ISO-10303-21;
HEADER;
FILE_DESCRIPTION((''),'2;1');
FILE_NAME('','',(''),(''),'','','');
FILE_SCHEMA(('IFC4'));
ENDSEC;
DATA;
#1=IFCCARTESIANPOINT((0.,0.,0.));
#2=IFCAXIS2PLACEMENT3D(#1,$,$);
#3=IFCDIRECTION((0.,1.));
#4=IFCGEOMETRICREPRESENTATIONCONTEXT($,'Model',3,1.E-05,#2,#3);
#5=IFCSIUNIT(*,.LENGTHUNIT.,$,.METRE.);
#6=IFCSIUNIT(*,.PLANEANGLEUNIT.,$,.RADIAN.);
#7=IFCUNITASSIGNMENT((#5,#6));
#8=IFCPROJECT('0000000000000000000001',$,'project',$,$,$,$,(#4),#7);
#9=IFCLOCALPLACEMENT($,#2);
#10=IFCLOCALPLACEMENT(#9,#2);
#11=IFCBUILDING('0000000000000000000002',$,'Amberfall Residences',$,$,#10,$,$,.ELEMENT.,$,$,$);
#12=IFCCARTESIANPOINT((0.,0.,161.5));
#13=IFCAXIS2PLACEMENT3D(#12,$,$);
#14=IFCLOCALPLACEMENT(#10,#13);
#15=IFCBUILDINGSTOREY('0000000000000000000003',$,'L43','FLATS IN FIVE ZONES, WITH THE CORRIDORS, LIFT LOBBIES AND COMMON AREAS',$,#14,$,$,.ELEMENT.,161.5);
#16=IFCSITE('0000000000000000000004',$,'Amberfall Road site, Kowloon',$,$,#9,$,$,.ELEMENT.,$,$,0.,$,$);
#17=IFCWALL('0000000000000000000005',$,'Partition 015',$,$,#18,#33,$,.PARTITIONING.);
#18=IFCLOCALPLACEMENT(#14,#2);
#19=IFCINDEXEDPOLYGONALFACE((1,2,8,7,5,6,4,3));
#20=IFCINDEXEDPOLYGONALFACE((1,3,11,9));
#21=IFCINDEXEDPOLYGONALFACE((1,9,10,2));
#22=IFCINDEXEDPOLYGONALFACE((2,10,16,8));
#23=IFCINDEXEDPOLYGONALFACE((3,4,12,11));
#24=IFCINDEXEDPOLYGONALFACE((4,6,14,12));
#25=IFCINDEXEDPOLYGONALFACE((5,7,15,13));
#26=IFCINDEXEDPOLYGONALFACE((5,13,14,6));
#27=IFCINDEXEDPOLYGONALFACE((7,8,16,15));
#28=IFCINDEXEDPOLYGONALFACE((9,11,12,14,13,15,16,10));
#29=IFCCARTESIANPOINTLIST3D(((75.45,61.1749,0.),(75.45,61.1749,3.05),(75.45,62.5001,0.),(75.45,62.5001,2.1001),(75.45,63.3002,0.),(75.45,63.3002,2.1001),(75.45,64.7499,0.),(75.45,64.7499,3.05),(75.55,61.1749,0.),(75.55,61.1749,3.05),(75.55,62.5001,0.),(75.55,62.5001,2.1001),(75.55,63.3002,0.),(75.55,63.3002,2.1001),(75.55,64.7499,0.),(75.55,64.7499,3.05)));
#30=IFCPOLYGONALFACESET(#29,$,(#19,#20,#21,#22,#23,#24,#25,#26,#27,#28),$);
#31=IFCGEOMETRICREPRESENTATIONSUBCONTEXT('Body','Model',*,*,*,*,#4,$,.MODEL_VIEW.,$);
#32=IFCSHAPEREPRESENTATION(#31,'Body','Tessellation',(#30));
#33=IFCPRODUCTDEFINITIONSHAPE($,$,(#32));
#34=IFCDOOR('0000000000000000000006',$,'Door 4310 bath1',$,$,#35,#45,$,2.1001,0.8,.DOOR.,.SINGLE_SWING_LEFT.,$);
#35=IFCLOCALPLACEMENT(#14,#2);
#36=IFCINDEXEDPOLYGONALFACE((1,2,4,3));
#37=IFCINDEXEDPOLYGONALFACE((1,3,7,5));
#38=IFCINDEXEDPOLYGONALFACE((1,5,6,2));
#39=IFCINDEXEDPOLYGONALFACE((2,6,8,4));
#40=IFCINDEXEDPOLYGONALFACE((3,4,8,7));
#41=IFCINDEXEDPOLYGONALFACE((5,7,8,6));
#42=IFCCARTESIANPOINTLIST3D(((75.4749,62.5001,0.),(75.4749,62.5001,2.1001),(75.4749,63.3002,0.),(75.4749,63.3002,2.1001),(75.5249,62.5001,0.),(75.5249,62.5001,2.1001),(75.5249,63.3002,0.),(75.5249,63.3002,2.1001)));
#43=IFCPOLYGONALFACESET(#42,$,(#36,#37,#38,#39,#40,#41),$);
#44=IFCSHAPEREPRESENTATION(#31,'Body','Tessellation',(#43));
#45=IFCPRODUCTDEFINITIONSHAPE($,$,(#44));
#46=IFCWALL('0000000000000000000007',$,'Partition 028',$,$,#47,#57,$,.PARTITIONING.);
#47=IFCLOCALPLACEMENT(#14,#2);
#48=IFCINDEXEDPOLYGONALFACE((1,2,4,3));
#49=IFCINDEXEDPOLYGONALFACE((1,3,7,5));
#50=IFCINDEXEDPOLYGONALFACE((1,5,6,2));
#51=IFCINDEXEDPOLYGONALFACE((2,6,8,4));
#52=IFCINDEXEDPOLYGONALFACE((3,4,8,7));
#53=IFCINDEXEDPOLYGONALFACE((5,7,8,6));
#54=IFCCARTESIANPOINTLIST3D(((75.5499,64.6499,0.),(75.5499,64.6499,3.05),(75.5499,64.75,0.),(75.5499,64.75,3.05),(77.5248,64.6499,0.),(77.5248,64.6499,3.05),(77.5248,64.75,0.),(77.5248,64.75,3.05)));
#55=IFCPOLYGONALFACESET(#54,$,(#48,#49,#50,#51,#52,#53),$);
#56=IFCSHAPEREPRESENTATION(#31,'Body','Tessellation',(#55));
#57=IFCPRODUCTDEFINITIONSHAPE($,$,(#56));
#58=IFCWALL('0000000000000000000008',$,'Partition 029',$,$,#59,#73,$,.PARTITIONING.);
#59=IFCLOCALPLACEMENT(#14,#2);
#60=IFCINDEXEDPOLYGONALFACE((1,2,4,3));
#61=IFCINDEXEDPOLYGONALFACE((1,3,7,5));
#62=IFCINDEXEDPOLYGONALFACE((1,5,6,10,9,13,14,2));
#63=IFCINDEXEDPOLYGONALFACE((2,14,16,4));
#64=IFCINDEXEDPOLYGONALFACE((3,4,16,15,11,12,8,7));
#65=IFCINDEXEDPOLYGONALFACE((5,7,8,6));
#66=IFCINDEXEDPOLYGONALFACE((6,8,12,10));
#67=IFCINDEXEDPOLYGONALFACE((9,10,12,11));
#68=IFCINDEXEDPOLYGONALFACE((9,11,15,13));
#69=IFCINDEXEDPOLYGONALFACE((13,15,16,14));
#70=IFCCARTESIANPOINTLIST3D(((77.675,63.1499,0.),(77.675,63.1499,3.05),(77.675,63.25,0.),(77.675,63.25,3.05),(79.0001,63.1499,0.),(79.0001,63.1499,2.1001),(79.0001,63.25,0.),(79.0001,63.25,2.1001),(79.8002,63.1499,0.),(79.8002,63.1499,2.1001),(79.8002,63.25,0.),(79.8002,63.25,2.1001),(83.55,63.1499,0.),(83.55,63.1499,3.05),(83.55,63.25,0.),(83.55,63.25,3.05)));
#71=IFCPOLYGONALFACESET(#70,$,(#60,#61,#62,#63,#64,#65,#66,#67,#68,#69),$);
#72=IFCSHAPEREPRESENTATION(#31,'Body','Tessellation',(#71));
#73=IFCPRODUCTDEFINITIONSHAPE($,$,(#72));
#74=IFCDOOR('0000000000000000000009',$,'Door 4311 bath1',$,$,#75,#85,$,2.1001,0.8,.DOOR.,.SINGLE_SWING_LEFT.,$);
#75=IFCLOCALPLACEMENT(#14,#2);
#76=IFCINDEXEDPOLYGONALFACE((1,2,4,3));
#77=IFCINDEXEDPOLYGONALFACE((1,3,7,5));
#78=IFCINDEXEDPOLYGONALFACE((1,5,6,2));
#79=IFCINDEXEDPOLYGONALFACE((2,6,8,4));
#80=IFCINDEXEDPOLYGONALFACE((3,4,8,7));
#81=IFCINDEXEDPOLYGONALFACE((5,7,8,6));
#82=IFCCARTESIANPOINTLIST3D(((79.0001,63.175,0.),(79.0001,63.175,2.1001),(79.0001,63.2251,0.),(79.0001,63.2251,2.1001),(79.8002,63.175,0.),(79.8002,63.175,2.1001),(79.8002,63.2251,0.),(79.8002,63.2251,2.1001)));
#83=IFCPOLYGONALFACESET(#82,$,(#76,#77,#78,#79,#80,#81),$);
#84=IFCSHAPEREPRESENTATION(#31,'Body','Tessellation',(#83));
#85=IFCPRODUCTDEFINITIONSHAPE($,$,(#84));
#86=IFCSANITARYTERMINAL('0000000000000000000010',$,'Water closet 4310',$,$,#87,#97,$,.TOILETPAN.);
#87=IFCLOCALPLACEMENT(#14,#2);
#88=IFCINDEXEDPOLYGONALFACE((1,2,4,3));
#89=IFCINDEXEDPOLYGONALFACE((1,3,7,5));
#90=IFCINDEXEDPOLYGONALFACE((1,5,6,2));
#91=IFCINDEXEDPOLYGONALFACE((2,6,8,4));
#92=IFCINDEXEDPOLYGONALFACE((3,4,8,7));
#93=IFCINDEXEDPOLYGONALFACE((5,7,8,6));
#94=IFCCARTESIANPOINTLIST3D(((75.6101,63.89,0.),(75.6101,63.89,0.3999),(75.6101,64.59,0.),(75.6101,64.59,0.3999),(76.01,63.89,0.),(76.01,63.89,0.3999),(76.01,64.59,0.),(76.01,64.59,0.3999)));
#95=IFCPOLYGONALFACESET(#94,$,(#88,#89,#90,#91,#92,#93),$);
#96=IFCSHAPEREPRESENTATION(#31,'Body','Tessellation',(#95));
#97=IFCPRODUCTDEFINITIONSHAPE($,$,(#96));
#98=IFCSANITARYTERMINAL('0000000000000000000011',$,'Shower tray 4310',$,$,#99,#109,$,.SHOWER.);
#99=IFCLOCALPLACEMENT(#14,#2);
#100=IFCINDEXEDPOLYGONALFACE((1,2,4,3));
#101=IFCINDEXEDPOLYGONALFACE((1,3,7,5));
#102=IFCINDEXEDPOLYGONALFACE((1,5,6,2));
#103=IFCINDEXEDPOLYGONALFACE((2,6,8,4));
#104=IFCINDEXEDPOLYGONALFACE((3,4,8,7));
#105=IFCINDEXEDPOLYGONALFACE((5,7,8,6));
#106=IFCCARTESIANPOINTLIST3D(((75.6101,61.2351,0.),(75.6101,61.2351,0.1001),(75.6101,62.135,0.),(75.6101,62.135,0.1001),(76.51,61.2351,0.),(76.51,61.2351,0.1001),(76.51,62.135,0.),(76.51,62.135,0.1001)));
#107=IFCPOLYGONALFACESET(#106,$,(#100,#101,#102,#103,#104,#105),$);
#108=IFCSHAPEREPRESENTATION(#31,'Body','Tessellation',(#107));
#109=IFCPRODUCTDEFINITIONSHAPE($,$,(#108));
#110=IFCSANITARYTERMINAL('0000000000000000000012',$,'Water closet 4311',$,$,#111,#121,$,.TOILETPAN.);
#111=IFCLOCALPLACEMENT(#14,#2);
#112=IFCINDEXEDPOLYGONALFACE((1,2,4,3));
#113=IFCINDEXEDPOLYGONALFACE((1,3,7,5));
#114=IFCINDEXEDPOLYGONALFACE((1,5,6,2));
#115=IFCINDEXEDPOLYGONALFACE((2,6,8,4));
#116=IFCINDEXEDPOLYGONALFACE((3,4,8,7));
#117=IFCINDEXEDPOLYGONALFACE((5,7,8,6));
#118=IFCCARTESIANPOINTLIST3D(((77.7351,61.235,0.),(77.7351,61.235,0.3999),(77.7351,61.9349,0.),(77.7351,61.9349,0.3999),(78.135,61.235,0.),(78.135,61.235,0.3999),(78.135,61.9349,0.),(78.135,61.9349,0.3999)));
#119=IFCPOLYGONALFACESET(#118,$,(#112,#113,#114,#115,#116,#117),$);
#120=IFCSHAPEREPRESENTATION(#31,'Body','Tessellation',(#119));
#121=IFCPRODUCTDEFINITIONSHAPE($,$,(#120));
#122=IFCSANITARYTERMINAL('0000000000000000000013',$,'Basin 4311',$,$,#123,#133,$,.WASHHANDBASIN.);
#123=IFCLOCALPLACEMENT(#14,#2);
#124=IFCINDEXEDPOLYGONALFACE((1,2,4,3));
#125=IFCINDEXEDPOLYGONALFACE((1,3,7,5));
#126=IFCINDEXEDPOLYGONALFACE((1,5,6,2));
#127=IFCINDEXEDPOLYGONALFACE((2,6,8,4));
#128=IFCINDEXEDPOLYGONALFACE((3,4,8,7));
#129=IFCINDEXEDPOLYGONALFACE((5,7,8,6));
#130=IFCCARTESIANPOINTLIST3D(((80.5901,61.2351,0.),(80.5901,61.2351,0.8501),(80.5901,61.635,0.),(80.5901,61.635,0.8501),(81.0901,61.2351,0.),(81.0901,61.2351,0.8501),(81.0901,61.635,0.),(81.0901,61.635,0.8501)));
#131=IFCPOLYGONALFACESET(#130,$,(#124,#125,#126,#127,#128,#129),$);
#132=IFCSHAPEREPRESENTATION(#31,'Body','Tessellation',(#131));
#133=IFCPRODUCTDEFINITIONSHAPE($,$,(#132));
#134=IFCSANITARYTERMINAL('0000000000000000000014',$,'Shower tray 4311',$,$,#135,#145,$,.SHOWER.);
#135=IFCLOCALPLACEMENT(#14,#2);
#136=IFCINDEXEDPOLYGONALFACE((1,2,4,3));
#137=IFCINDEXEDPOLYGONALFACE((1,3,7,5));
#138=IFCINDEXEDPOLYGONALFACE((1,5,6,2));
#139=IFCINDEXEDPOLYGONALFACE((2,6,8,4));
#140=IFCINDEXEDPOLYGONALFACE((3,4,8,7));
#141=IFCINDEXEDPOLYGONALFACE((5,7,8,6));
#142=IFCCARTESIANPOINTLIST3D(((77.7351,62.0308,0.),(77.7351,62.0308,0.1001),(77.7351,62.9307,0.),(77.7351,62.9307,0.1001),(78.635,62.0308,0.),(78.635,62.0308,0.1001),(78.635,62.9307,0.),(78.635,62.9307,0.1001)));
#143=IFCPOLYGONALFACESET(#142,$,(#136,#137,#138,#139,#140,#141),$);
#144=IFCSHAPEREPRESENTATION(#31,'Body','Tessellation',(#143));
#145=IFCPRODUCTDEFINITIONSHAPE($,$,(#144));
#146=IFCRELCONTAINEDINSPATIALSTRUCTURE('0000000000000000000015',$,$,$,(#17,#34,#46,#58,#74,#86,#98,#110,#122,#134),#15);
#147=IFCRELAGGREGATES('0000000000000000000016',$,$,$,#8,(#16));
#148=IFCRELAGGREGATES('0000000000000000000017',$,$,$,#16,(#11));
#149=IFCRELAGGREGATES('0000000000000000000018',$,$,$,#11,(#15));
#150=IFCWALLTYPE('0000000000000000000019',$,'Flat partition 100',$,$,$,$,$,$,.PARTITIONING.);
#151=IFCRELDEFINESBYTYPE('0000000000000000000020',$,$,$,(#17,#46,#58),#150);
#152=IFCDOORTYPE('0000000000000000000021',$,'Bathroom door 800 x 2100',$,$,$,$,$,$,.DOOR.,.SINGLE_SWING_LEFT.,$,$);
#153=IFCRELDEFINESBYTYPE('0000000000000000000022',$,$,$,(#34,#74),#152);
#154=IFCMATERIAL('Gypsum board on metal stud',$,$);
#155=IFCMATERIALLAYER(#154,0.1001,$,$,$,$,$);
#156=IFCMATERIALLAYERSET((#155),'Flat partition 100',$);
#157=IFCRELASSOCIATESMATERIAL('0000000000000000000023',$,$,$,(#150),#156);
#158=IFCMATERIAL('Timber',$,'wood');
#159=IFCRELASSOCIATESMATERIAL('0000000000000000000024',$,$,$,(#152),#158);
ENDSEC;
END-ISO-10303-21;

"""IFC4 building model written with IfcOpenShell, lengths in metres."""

from ifc_helpers import new_model, si_unit, direction, frame, frame_2d, origin, origin_2d, place, context, subcontext, project, spatial, rectangle, extrude, material, layer, layer_set, type_object, element, fill, save


model = new_model("IFC4")

# Units and contexts
model_context = context("Model", 3, precision=1e-05, world=origin(), true_north=direction((0.0, 1.0)))
body_context = subcontext(model_context, "Body", "Model", "MODEL_VIEW")
ifc_project = project(units=[si_unit("LENGTHUNIT", "METRE"), si_unit("PLANEANGLEUNIT", "RADIAN")], contexts=[model_context])

# Site, building, storey
site_placement = place(None, origin())
site = spatial("IfcSite", under=ifc_project, at=site_placement, Name="Amberfall Road site, Kowloon", CompositionType="ELEMENT", RefElevation=0.0)
building_placement = place(site_placement, origin())
building = spatial("IfcBuilding", under=site, at=building_placement, Name="Amberfall Residences", CompositionType="ELEMENT")
storey_placement = place(building_placement, frame((0.0, 0.0, 161.5)))
storey = spatial("IfcBuildingStorey", under=building, at=storey_placement, Name="L43", Description="FLATS IN FIVE ZONES, WITH THE CORRIDORS, LIFT LOBBIES AND COMMON AREAS", CompositionType="ELEMENT", Elevation=161.5)

# Wall, opening, door
ifc_material_1 = material(Name="Gypsum board on metal stud")
ifc_layer_1 = layer(ifc_material_1, 0.1001)
ifc_layer_set_1 = layer_set([ifc_layer_1], Name="Flat partition 100")
wall_type = type_object("IfcWallType", Name="Flat partition 100", PredefinedType="PARTITIONING", material=ifc_layer_set_1)
wall_1_placement = place(storey_placement, frame((75.5, 64.75, 0.0), z_axis=(0.0, 0.0, 1.0), x_axis=(0.0, -1.0, 0.0)))
wall_1 = element("IfcWall", 1, at=wall_1_placement, inside=storey, type_object=wall_type, Name="Partition 015", PredefinedType="PARTITIONING", context=body_context, shape_type="SweptSolid", body=[
    extrude(rectangle(XDim=3.575, YDim=0.1001, at=frame_2d((1.7876, 0.0))), origin(), (0.0, 0.0, 1.0), 3.05),
])
opening_1_placement = place(wall_1_placement, frame((1.45, 0.0, 0.0)))
opening_1 = element("IfcOpeningElement", 2, at=opening_1_placement, cuts=wall_1, PredefinedType="OPENING", context=body_context, shape_type="SweptSolid", body=[
    extrude(rectangle(XDim=0.8, YDim=2.1001, at=frame_2d((0.3999, 1.05))), frame((0.0, 0.0601, 0.0), z_axis=(0.0, -1.0, 0.0), x_axis=(1.0, 0.0, 0.0)), (0.0, 0.0, 1.0), 0.1201),
])
ifc_material_2 = material(Name="Timber", Category="wood")
door_type = type_object("IfcDoorType", Name="Bathroom door 800 x 2100", OperationType="SINGLE_SWING_LEFT", PredefinedType="DOOR", material=ifc_material_2)
door_1_placement = place(opening_1_placement, origin())
door_1 = element("IfcDoor", 3, at=door_1_placement, inside=storey, type_object=door_type, Name="Door 4310 bath1", OperationType="SINGLE_SWING_LEFT", OverallHeight=2.1001, OverallWidth=0.8, PredefinedType="DOOR", context=body_context, shape_type="SweptSolid", body=[
    extrude(rectangle(XDim=0.8, YDim=2.1001, at=frame_2d((0.3999, 1.05))), frame((0.0, 0.0249, 0.0), z_axis=(0.0, -1.0, 0.0), x_axis=(1.0, 0.0, 0.0)), (0.0, 0.0, 1.0), 0.05),
])
fill(opening_1, door_1)

# Wall
wall_2_placement = place(storey_placement, frame((75.55, 64.7, 0.0), z_axis=(0.0, 0.0, 1.0), x_axis=(1.0, 0.0, 0.0)))
element("IfcWall", 4, at=wall_2_placement, inside=storey, type_object=wall_type, Name="Partition 028", PredefinedType="PARTITIONING", context=body_context, shape_type="SweptSolid", body=[
    extrude(rectangle(XDim=1.9749, YDim=0.1001, at=frame_2d((0.9873, 0.0))), origin(), (0.0, 0.0, 1.0), 3.05),
])

# Wall, opening, door
wall_3_placement = place(storey_placement, frame((83.55, 63.2, 0.0), z_axis=(0.0, 0.0, 1.0), x_axis=(-1.0, 0.0, 0.0)))
wall_3 = element("IfcWall", 5, at=wall_3_placement, inside=storey, type_object=wall_type, Name="Partition 029", PredefinedType="PARTITIONING", context=body_context, shape_type="SweptSolid", body=[
    extrude(rectangle(XDim=5.875, YDim=0.1001, at=frame_2d((2.9375, 0.0))), origin(), (0.0, 0.0, 1.0), 3.05),
])
opening_2_placement = place(wall_3_placement, frame((3.75, 0.0, 0.0)))
opening_2 = element("IfcOpeningElement", 6, at=opening_2_placement, cuts=wall_3, PredefinedType="OPENING", context=body_context, shape_type="SweptSolid", body=[
    extrude(rectangle(XDim=0.8, YDim=2.1001, at=frame_2d((0.3999, 1.05))), frame((0.0, 0.0601, 0.0), z_axis=(0.0, -1.0, 0.0), x_axis=(1.0, 0.0, 0.0)), (0.0, 0.0, 1.0), 0.1201),
])
door_2_placement = place(opening_2_placement, origin())
door_2 = element("IfcDoor", 7, at=door_2_placement, inside=storey, type_object=door_type, Name="Door 4311 bath1", OperationType="SINGLE_SWING_LEFT", OverallHeight=2.1001, OverallWidth=0.8, PredefinedType="DOOR", context=body_context, shape_type="SweptSolid", body=[
    extrude(rectangle(XDim=0.8, YDim=2.1001, at=frame_2d((0.3999, 1.05))), frame((0.0, 0.0249, 0.0), z_axis=(0.0, -1.0, 0.0), x_axis=(1.0, 0.0, 0.0)), (0.0, 0.0, 1.0), 0.05),
])
fill(opening_2, door_2)

# Sanitary terminals
sanitary_terminal_1_placement = place(storey_placement, frame((75.8101, 64.24, 0.0), z_axis=(0.0, 0.0, 1.0), x_axis=(1.0, 0.0, 0.0)))
element("IfcSanitaryTerminal", 8, at=sanitary_terminal_1_placement, inside=storey, Name="Water closet 4310", PredefinedType="TOILETPAN", context=body_context, shape_type="SweptSolid", body=[
    extrude(rectangle(XDim=0.3999, YDim=0.7, at=origin_2d()), origin(), (0.0, 0.0, 1.0), 0.3999),
])
sanitary_terminal_2_placement = place(storey_placement, frame((76.0601, 61.6851, 0.0), z_axis=(0.0, 0.0, 1.0), x_axis=(1.0, 0.0, 0.0)))
element("IfcSanitaryTerminal", 9, at=sanitary_terminal_2_placement, inside=storey, Name="Shower tray 4310", PredefinedType="SHOWER", context=body_context, shape_type="SweptSolid", body=[
    extrude(rectangle(XDim=0.8999, YDim=0.8999, at=origin_2d()), origin(), (0.0, 0.0, 1.0), 0.1001),
])
sanitary_terminal_3_placement = place(storey_placement, frame((77.9351, 61.585, 0.0), z_axis=(0.0, 0.0, 1.0), x_axis=(1.0, 0.0, 0.0)))
element("IfcSanitaryTerminal", 10, at=sanitary_terminal_3_placement, inside=storey, Name="Water closet 4311", PredefinedType="TOILETPAN", context=body_context, shape_type="SweptSolid", body=[
    extrude(rectangle(XDim=0.3999, YDim=0.7, at=origin_2d()), origin(), (0.0, 0.0, 1.0), 0.3999),
])
sanitary_terminal_4_placement = place(storey_placement, frame((80.8401, 61.4351, 0.0), z_axis=(0.0, 0.0, 1.0), x_axis=(1.0, 0.0, 0.0)))
element("IfcSanitaryTerminal", 11, at=sanitary_terminal_4_placement, inside=storey, Name="Basin 4311", PredefinedType="WASHHANDBASIN", context=body_context, shape_type="SweptSolid", body=[
    extrude(rectangle(XDim=0.5, YDim=0.3999, at=origin_2d()), origin(), (0.0, 0.0, 1.0), 0.8501),
])
sanitary_terminal_5_placement = place(storey_placement, frame((78.1851, 62.4807, 0.0), z_axis=(0.0, 0.0, 1.0), x_axis=(1.0, 0.0, 0.0)))
element("IfcSanitaryTerminal", 12, at=sanitary_terminal_5_placement, inside=storey, Name="Shower tray 4311", PredefinedType="SHOWER", context=body_context, shape_type="SweptSolid", body=[
    extrude(rectangle(XDim=0.8999, YDim=0.8999, at=origin_2d()), origin(), (0.0, 0.0, 1.0), 0.1001),
])

save(model, "model.ifc")
